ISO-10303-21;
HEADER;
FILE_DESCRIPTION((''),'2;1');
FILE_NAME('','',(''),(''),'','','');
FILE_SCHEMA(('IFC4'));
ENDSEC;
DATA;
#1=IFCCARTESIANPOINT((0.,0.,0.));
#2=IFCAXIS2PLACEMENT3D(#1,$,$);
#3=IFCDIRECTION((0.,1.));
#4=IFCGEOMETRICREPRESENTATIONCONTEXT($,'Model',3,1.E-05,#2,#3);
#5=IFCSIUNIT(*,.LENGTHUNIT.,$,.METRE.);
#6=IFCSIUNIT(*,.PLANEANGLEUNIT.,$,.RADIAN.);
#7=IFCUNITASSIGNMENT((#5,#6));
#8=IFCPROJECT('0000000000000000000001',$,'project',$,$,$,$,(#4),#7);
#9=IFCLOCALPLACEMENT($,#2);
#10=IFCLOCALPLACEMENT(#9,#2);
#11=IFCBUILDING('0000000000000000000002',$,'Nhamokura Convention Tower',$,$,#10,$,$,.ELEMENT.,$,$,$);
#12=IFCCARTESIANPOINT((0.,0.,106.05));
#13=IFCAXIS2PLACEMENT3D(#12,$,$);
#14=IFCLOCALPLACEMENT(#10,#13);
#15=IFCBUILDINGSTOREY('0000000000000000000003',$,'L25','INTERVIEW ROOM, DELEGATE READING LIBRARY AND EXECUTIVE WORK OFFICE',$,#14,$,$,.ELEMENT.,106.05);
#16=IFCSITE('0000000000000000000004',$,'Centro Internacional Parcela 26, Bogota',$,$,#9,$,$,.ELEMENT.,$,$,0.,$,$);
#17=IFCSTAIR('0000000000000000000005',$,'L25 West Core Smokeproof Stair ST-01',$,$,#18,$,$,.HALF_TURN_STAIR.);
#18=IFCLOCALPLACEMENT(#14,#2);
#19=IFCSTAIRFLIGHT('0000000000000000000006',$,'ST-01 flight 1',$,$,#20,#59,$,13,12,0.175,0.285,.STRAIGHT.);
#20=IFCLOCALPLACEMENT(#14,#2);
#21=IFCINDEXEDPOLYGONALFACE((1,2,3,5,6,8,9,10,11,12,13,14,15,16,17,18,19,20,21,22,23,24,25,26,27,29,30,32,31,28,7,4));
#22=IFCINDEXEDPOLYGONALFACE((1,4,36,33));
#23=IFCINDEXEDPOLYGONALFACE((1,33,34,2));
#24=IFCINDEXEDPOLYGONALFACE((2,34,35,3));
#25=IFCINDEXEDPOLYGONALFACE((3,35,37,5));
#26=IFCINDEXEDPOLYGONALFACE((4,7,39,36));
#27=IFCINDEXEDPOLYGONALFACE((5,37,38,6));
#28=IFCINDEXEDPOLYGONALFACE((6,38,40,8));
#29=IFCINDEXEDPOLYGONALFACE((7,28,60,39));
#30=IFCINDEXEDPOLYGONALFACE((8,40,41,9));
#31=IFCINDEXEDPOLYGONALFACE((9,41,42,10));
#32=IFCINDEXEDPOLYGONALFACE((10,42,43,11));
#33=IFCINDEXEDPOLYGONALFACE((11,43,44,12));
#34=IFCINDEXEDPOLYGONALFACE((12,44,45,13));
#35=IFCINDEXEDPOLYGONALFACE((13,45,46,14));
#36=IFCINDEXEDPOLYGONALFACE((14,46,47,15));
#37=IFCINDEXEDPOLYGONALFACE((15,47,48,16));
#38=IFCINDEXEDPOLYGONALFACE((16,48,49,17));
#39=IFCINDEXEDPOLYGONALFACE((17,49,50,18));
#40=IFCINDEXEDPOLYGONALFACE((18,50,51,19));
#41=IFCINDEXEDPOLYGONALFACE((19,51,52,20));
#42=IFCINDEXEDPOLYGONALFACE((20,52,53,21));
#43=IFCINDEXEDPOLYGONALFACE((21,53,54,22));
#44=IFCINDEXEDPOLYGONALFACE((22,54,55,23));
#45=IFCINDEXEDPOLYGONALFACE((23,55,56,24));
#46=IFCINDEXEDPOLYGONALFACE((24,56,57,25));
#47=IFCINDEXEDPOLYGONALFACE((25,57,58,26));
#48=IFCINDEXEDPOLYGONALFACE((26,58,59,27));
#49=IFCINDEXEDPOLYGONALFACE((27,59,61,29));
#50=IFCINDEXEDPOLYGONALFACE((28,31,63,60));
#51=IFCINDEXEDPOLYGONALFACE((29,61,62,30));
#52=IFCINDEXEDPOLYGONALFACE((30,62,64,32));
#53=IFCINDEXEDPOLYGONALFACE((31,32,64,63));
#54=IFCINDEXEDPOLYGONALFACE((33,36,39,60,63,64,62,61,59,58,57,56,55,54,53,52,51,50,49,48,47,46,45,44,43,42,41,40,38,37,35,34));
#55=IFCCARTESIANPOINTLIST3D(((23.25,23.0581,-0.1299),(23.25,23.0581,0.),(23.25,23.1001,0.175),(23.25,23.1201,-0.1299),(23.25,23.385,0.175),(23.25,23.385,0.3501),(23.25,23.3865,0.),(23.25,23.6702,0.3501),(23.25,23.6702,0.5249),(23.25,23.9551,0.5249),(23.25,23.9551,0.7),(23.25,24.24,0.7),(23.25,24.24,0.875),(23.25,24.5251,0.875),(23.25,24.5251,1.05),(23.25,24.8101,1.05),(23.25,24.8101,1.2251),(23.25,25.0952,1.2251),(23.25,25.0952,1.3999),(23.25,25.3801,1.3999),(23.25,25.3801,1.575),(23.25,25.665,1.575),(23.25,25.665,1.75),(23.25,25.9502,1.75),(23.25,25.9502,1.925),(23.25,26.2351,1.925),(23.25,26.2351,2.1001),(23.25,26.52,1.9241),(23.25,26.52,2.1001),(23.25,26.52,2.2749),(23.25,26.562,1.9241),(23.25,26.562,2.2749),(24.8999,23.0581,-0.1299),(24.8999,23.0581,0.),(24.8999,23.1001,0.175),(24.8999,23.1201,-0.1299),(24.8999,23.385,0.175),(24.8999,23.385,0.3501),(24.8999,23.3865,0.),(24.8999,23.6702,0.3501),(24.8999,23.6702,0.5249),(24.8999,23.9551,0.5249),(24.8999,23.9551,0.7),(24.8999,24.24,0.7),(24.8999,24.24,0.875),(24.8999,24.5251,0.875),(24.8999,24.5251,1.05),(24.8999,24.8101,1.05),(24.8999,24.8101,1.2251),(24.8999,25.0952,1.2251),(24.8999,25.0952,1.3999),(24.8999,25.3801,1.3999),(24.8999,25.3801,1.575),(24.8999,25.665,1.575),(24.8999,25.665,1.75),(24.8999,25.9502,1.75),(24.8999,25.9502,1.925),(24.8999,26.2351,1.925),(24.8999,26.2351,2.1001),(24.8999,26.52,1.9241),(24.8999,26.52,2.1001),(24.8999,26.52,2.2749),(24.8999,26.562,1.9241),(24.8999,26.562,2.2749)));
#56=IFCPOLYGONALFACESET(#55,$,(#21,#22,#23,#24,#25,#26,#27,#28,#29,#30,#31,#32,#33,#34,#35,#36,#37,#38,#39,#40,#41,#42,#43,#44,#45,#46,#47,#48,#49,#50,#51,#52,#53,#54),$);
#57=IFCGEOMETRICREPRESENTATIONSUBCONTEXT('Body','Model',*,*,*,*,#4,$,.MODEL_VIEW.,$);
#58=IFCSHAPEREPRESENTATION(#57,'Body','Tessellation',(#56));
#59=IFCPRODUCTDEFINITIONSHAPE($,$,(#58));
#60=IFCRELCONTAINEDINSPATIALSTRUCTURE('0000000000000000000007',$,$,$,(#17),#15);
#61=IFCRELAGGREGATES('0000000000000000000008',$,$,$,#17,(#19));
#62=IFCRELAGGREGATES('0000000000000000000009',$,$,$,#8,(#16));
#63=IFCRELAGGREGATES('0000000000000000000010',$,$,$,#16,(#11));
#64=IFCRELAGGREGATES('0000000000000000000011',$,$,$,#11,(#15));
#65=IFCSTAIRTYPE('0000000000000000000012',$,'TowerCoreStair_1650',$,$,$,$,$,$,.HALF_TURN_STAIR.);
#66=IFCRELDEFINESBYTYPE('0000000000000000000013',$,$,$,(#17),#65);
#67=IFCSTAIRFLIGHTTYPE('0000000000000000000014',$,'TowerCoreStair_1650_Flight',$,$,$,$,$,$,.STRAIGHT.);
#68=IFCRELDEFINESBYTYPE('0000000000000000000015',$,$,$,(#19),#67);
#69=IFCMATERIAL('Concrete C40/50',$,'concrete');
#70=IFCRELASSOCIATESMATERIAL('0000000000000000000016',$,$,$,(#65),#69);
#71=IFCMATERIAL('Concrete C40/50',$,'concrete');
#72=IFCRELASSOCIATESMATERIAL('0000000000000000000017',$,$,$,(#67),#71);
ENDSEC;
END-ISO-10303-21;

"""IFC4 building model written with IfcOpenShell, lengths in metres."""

from ifc_helpers import new_model, si_unit, direction, frame, origin, place, context, subcontext, project, spatial, polyline, outline, extrude, material, type_object, element, aggregate, save


model = new_model("IFC4")

# Units and contexts
model_context = context("Model", 3, precision=1e-05, world=origin(), true_north=direction((0.0, 1.0)))
body_context = subcontext(model_context, "Body", "Model", "MODEL_VIEW")
ifc_project = project(units=[si_unit("LENGTHUNIT", "METRE"), si_unit("PLANEANGLEUNIT", "RADIAN")], contexts=[model_context])

# Site, building, storey
site_placement = place(None, origin())
site = spatial("IfcSite", under=ifc_project, at=site_placement, Name="Centro Internacional Parcela 26, Bogota", CompositionType="ELEMENT", RefElevation=0.0)
building_placement = place(site_placement, origin())
building = spatial("IfcBuilding", under=site, at=building_placement, Name="Nhamokura Convention Tower", CompositionType="ELEMENT")
storey_placement = place(building_placement, frame((0.0, 0.0, 106.05)))
storey = spatial("IfcBuildingStorey", under=building, at=storey_placement, Name="L25", Description="INTERVIEW ROOM, DELEGATE READING LIBRARY AND EXECUTIVE WORK OFFICE", CompositionType="ELEMENT", Elevation=106.05)

# Stair, stair flight
ifc_material_1 = material(Name="Concrete C40/50", Category="concrete")
stair_type = type_object("IfcStairType", Name="TowerCoreStair_1650", PredefinedType="HALF_TURN_STAIR", material=ifc_material_1)
stair_placement = place(storey_placement, origin())
stair = element("IfcStair", 1, at=stair_placement, inside=storey, type_object=stair_type, Name="L25 West Core Smokeproof Stair ST-01", PredefinedType="HALF_TURN_STAIR")
ifc_material_2 = material(Name="Concrete C40/50", Category="concrete")
stair_flight_type = type_object("IfcStairFlightType", Name="TowerCoreStair_1650_Flight", PredefinedType="STRAIGHT", material=ifc_material_2)
stair_flight_placement = place(storey_placement, frame((24.075, 23.1001, 0.0), z_axis=(0.0, 0.0, 1.0), x_axis=(0.0, 1.0, 0.0)))
stair_flight = element("IfcStairFlight", 2, at=stair_flight_placement, type_object=stair_flight_type, Name="ST-01 flight 1", NumberOfRisers=13, NumberOfTreads=12, PredefinedType="STRAIGHT", RiserHeight=0.175, TreadLength=0.285, context=body_context, shape_type="SweptSolid", body=[
    extrude(outline(polyline([(-0.042, 0.0), (0.0, 0.175), (0.2849, 0.175), (0.2849, 0.3501), (0.5701, 0.3501), (0.5701, 0.5249), (0.855, 0.5249), (0.855, 0.7), (1.1399, 0.7), (1.1399, 0.875), (1.425, 0.875), (1.425, 1.05), (1.71, 1.05), (1.71, 1.2251), (1.9951, 1.2251), (1.9951, 1.3999), (2.28, 1.3999), (2.28, 1.575), (2.5649, 1.575), (2.5649, 1.75), (2.8501, 1.75), (2.8501, 1.925), (3.135, 1.925), (3.135, 2.1001), (3.4199, 2.1001), (3.4199, 2.2749), (3.4619, 2.2749), (3.4619, 1.9241), (3.4199, 1.9241), (0.2864, 0.0), (0.02, -0.1299), (-0.042, -0.1299), (-0.042, 0.0)])), frame((0.0, 0.825, 0.0), z_axis=(0.0, -1.0, 0.0), x_axis=(1.0, 0.0, 0.0)), (0.0, 0.0, 1.0), 1.6499),
])
aggregate(stair, [stair_flight])

save(model, "model.ifc")
